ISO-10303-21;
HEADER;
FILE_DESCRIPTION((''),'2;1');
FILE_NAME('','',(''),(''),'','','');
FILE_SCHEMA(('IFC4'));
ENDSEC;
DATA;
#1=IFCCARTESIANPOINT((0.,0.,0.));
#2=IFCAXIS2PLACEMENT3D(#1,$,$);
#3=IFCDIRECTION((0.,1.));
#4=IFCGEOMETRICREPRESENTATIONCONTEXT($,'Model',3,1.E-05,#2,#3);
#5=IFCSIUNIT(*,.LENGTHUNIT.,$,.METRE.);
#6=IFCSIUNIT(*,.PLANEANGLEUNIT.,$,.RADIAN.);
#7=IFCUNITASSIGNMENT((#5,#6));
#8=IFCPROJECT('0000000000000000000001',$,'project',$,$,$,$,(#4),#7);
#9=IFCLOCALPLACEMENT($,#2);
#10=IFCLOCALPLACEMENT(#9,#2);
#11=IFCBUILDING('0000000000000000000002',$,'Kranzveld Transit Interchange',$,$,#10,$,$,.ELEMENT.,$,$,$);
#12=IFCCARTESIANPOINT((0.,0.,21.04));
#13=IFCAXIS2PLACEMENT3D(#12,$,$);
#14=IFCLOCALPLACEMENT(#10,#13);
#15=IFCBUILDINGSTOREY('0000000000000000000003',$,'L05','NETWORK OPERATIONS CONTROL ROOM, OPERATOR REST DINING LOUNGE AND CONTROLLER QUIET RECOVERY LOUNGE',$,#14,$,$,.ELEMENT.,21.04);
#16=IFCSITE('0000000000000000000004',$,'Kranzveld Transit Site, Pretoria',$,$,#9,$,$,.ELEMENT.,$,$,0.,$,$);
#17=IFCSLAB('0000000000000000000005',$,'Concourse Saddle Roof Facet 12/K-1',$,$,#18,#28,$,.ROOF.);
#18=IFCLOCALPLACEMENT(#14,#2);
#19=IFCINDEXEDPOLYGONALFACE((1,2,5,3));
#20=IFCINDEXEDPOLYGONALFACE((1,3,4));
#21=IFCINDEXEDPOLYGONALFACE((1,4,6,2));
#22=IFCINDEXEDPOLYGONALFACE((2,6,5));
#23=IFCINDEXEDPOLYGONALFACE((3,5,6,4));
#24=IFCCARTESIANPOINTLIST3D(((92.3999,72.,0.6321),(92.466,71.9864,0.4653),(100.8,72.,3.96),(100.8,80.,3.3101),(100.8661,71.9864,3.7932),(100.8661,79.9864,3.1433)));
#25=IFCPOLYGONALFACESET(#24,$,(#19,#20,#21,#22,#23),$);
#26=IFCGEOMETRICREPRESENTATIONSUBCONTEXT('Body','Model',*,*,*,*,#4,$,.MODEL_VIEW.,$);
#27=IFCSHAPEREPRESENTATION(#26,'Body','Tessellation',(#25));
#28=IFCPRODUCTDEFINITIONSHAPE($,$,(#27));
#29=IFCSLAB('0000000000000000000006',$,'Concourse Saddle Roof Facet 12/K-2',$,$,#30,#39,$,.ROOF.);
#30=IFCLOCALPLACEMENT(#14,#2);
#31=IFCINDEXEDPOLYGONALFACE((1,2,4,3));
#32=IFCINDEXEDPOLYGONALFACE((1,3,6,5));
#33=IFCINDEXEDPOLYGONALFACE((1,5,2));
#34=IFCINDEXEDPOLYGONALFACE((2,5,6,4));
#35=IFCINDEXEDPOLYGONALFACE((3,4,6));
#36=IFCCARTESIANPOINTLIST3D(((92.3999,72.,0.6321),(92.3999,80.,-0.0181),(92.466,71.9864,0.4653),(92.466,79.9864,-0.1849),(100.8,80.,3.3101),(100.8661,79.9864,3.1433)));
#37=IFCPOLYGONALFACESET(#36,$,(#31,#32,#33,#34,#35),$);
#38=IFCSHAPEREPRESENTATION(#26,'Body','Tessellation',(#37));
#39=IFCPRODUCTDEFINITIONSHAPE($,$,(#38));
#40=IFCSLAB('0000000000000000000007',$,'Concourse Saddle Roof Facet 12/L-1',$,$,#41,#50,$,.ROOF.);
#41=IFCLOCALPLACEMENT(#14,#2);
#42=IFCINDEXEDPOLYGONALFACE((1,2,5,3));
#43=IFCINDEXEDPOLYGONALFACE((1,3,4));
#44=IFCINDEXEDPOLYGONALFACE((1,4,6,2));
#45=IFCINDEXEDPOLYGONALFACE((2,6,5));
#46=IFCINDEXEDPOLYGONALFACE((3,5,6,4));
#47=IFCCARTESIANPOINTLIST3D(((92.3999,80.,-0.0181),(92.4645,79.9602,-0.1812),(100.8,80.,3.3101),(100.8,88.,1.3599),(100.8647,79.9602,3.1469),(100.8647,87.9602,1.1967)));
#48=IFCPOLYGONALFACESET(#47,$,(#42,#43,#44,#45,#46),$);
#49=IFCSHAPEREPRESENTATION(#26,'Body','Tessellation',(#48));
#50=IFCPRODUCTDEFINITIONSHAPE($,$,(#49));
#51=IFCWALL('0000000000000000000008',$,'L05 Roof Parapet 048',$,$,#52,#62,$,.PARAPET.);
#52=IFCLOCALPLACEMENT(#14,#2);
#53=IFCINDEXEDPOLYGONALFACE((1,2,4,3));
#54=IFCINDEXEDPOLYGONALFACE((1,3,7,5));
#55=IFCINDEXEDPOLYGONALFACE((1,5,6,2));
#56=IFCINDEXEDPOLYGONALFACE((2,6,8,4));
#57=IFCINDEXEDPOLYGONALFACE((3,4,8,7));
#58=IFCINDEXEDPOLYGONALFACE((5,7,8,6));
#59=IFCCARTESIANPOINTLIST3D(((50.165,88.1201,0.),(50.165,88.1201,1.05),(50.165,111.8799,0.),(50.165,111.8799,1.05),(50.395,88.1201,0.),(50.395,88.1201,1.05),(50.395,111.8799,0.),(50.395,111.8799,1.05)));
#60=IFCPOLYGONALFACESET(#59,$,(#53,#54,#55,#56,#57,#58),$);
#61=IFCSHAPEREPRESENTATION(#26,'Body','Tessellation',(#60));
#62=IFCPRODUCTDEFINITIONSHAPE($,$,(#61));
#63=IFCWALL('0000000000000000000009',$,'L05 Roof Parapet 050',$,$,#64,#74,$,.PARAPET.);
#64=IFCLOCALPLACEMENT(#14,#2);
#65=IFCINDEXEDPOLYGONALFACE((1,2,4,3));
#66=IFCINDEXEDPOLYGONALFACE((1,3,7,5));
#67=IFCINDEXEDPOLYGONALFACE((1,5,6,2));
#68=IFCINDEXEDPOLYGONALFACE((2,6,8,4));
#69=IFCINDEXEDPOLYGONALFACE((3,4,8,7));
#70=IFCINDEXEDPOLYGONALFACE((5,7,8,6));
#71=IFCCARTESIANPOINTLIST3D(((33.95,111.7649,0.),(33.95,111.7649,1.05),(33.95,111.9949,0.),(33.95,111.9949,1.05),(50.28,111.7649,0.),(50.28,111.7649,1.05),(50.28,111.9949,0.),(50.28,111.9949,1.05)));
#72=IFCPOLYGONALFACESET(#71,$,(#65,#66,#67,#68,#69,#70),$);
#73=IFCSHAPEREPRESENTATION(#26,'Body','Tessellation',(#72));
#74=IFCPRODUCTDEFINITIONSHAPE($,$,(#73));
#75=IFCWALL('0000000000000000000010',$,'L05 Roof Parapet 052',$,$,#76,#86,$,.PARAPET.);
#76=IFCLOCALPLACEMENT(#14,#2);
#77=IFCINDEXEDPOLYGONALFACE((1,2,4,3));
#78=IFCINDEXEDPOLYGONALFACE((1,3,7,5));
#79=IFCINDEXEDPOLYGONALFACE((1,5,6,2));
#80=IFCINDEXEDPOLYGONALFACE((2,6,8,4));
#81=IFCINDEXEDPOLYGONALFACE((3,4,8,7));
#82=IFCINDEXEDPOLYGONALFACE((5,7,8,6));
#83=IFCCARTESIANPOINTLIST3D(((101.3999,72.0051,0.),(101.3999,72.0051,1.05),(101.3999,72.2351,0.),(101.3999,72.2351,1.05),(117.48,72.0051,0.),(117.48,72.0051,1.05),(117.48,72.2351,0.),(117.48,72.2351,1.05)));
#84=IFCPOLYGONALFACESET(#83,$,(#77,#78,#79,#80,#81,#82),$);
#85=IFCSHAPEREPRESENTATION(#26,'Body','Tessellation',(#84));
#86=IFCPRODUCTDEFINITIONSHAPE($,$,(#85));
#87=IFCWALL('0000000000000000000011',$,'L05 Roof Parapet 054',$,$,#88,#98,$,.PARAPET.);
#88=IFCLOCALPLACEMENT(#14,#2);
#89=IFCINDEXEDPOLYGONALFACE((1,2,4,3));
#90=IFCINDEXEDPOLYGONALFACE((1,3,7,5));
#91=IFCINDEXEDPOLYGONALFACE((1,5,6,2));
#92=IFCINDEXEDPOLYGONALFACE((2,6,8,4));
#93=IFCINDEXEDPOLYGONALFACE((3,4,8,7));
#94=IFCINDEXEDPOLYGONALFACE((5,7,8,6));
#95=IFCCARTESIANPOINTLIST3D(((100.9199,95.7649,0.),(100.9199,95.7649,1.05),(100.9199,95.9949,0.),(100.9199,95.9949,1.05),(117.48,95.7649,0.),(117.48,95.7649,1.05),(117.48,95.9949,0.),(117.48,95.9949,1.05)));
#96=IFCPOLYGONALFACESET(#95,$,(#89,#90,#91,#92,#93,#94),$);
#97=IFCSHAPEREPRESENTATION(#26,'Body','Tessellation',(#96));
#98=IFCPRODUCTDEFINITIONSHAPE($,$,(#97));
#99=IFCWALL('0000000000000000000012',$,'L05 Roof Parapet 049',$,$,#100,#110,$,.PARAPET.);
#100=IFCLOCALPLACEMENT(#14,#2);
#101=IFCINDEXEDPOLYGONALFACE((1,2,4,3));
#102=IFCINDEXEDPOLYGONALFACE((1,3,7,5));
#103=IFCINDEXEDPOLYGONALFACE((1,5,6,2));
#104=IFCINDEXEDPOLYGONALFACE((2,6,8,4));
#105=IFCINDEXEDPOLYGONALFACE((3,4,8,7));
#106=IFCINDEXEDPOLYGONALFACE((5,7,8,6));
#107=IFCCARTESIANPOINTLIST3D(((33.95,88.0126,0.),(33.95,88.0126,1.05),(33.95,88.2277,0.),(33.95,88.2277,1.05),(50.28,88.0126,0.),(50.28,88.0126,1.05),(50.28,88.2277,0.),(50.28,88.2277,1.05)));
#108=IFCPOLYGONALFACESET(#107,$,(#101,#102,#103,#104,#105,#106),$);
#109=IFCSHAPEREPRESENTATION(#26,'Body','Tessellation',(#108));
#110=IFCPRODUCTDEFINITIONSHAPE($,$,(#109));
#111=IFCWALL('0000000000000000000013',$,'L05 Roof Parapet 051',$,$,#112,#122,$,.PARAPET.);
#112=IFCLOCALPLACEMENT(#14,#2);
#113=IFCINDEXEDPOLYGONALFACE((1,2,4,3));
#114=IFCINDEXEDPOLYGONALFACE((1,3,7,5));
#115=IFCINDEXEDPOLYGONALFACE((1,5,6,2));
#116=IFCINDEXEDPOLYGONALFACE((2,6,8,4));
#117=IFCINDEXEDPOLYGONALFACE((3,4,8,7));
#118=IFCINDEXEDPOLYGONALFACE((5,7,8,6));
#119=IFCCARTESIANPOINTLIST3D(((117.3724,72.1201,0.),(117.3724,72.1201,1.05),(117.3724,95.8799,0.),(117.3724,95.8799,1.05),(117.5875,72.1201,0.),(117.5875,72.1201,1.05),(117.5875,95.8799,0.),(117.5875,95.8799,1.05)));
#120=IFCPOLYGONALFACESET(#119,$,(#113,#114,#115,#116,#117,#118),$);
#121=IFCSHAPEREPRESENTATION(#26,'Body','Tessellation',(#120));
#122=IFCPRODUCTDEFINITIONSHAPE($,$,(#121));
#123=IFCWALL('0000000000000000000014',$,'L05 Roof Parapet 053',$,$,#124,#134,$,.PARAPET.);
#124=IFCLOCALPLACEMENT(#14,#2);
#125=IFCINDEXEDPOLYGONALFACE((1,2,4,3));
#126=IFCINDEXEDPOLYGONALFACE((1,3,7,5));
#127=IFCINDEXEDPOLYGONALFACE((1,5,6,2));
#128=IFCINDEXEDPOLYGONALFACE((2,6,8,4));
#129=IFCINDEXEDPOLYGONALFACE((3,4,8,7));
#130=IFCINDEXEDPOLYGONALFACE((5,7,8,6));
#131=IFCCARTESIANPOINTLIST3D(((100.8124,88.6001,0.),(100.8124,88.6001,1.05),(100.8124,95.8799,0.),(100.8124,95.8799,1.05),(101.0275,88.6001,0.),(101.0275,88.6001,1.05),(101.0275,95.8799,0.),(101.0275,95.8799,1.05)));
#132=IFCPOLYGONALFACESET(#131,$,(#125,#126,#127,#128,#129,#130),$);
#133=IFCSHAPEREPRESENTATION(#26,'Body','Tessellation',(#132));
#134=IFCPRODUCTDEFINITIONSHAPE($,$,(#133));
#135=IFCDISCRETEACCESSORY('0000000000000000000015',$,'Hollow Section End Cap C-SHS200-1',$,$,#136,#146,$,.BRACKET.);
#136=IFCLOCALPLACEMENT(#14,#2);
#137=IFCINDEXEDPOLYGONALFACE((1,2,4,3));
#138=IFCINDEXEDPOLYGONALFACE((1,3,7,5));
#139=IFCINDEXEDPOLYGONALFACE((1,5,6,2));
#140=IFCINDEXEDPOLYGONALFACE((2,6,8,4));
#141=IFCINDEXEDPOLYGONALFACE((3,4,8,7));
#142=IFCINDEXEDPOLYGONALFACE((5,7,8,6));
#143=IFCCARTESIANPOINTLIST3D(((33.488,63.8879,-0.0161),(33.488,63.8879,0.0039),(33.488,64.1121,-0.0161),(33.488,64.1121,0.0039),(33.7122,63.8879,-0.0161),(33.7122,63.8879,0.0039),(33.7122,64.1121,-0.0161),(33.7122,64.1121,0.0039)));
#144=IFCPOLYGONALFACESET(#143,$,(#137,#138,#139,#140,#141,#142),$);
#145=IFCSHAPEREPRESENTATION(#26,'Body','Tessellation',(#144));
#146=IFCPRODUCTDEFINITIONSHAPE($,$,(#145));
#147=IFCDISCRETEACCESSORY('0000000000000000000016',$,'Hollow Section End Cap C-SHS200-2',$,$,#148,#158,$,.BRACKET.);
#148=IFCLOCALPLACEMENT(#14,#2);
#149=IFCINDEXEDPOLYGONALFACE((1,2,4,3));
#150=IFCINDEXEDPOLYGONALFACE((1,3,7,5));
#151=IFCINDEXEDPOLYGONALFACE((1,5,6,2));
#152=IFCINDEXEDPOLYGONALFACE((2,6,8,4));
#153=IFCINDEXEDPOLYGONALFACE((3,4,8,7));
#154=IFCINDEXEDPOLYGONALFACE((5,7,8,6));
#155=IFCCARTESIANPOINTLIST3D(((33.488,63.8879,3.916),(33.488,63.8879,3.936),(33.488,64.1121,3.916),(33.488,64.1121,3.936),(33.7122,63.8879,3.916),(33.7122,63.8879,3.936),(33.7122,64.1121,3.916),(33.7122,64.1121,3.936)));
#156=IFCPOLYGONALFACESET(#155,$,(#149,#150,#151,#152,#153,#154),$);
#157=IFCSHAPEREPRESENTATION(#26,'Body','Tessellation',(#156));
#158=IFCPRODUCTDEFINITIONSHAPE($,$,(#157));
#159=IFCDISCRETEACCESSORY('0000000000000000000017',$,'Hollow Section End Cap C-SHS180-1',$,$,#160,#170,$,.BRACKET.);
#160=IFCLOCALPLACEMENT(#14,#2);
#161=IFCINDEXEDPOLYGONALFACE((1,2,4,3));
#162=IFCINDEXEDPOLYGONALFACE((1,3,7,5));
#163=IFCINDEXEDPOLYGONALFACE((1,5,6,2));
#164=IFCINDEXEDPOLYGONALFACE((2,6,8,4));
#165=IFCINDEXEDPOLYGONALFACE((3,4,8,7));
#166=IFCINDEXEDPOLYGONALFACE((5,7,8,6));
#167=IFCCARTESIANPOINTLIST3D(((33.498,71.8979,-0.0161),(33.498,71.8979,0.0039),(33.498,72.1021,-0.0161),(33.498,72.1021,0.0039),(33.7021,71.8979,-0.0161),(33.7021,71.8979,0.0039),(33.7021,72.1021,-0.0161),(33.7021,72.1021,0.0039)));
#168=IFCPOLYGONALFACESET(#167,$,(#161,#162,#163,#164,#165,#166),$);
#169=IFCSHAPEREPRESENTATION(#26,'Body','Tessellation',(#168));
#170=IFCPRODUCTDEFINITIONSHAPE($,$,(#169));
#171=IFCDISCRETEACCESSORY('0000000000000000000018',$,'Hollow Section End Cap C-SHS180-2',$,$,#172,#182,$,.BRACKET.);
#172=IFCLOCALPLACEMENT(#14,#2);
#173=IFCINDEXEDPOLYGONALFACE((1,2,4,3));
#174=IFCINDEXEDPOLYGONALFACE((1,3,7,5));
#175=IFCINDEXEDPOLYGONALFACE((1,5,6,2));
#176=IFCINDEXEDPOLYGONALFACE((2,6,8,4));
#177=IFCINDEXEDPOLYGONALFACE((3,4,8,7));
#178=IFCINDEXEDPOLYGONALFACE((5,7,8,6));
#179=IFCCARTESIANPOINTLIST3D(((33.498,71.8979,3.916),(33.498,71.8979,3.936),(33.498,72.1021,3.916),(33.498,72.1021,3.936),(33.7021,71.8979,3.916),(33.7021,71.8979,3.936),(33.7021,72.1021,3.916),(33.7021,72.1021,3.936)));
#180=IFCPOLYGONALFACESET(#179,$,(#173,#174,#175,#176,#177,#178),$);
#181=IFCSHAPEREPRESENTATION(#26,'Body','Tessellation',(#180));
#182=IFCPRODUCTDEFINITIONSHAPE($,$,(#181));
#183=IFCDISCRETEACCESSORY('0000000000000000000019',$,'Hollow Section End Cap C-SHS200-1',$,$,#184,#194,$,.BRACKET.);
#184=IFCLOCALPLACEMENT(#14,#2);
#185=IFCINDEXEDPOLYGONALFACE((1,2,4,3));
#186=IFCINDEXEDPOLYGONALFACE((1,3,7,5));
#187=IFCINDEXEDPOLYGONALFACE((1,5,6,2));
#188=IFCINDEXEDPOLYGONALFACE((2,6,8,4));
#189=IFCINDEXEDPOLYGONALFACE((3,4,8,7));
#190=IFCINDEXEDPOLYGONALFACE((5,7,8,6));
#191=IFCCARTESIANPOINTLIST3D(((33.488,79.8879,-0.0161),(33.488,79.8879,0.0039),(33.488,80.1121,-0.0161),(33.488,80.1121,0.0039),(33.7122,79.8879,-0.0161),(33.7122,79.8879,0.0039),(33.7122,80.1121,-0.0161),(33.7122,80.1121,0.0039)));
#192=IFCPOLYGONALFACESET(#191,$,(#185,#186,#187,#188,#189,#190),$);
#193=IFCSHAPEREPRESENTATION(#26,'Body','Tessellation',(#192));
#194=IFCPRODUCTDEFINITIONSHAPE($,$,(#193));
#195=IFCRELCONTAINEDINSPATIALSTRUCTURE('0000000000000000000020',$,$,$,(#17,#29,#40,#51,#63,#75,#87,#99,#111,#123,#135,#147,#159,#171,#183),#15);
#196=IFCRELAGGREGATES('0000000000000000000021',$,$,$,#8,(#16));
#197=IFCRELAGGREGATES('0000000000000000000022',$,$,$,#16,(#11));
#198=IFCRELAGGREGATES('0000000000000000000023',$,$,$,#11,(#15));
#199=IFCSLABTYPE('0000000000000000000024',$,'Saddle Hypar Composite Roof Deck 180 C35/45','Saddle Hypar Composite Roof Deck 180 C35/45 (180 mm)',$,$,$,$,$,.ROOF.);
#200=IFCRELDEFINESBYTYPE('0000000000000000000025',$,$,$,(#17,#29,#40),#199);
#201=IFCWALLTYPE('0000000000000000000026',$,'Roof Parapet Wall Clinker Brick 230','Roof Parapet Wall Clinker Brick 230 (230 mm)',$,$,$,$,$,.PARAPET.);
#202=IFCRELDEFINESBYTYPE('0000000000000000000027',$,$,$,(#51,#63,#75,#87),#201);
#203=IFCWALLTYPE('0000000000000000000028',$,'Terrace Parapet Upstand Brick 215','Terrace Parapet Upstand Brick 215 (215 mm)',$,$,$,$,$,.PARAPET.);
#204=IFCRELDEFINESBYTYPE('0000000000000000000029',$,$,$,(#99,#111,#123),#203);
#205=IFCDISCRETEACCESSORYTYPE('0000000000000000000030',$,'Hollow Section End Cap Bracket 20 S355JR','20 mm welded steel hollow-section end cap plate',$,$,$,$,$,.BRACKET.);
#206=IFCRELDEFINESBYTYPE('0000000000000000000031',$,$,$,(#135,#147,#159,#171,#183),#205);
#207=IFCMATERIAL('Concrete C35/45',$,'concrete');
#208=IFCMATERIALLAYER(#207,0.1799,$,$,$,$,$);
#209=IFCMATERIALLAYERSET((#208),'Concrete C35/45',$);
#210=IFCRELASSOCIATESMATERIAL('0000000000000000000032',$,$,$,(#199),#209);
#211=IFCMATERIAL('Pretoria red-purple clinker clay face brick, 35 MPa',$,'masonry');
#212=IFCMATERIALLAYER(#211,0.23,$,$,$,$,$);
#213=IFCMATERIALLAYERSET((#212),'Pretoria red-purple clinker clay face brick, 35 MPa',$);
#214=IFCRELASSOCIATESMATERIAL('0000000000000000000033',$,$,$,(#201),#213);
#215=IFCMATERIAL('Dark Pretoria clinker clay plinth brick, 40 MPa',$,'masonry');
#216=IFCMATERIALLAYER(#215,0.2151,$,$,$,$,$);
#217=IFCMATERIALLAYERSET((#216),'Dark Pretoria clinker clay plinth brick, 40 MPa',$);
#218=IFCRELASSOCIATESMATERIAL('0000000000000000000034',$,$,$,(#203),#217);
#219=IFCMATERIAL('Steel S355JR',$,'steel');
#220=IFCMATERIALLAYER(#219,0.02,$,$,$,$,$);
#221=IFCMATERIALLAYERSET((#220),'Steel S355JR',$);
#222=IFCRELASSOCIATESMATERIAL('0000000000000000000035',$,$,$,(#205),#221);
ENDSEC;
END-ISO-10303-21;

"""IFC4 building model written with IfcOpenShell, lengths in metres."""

from ifc_helpers import new_model, si_unit, direction, frame, frame_2d, origin, origin_2d, place, context, subcontext, project, spatial, polyline, rectangle, outline, extrude, material, layer, layer_set, type_object, element, save


model = new_model("IFC4")

# Units and contexts
model_context = context("Model", 3, precision=1e-05, world=origin(), true_north=direction((0.0, 1.0)))
body_context = subcontext(model_context, "Body", "Model", "MODEL_VIEW")
ifc_project = project(units=[si_unit("LENGTHUNIT", "METRE"), si_unit("PLANEANGLEUNIT", "RADIAN")], contexts=[model_context])

# Site, building, storey
site_placement = place(None, origin())
site = spatial("IfcSite", under=ifc_project, at=site_placement, Name="Kranzveld Transit Site, Pretoria", CompositionType="ELEMENT", RefElevation=0.0)
building_placement = place(site_placement, origin())
building = spatial("IfcBuilding", under=site, at=building_placement, Name="Kranzveld Transit Interchange", CompositionType="ELEMENT")
storey_placement = place(building_placement, frame((0.0, 0.0, 21.04)))
storey = spatial("IfcBuildingStorey", under=building, at=storey_placement, Name="L05", Description="NETWORK OPERATIONS CONTROL ROOM, OPERATOR REST DINING LOUNGE AND CONTROLLER QUIET RECOVERY LOUNGE", CompositionType="ELEMENT", Elevation=21.04)

# Slabs
ifc_material_1 = material(Name="Concrete C35/45", Category="concrete")
ifc_layer_1 = layer(ifc_material_1, 0.1799)
ifc_layer_set_1 = layer_set([ifc_layer_1], Name="Concrete C35/45")
slab_type = type_object("IfcSlabType", Name="Saddle Hypar Composite Roof Deck 180 C35/45", Description="Saddle Hypar Composite Roof Deck 180 C35/45 (180 mm)", PredefinedType="ROOF", material=ifc_layer_set_1)
slab_1_placement = place(storey_placement, frame((92.3999, 72.0, 0.6321), z_axis=(-0.367273, 0.075312, 0.927059), x_axis=(0.9297, 0.0, 0.368319)))
element("IfcSlab", 1, at=slab_1_placement, inside=storey, type_object=slab_type, Name="Concourse Saddle Roof Facet 12/K-1", PredefinedType="ROOF", context=body_context, shape_type="SweptSolid", body=[
    extrude(outline(polyline([(0.0, 0.0), (9.0353, 0.0), (8.796, 8.0228), (0.0, 0.0)])), origin(), (0.0, 0.0, -1.0), 0.1799),
])
slab_2_placement = place(storey_placement, frame((92.3999, 72.0, 0.6321), z_axis=(-0.367295, 0.07534, 0.927048), x_axis=(0.705586, 0.671975, 0.224942)))
element("IfcSlab", 2, at=slab_2_placement, inside=storey, type_object=slab_type, Name="Concourse Saddle Roof Facet 12/K-2", PredefinedType="ROOF", context=body_context, shape_type="SweptSolid", body=[
    extrude(outline(polyline([(0.0, 0.0), (11.9052, 0.0), (5.2296, 6.0889), (0.0, 0.0)])), origin(), (0.0, 0.0, -1.0), 0.1799),
])
slab_3_placement = place(storey_placement, frame((92.3999, 80.0, -0.0181), z_axis=(-0.359232, 0.221029, 0.906697), x_axis=(0.92969, 0.0, 0.368342)))
element("IfcSlab", 3, at=slab_3_placement, inside=storey, type_object=slab_type, Name="Concourse Saddle Roof Facet 12/L-1", PredefinedType="ROOF", context=body_context, shape_type="SweptSolid", body=[
    extrude(outline(polyline([(0.0, 0.0), (9.0354, 0.0), (8.3171, 8.2029), (0.0, 0.0)])), origin(), (0.0, 0.0, -1.0), 0.1799),
])

# Walls
ifc_material_2 = material(Name="Pretoria red-purple clinker clay face brick, 35 MPa", Category="masonry")
ifc_layer_2 = layer(ifc_material_2, 0.23)
ifc_layer_set_2 = layer_set([ifc_layer_2], Name="Pretoria red-purple clinker clay face brick, 35 MPa")
wall_type_1 = type_object("IfcWallType", Name="Roof Parapet Wall Clinker Brick 230", Description="Roof Parapet Wall Clinker Brick 230 (230 mm)", PredefinedType="PARAPET", material=ifc_layer_set_2)
wall_1_placement = place(storey_placement, frame((50.28, 111.8799, 0.0), z_axis=(0.0, 0.0, 1.0), x_axis=(0.0, -1.0, 0.0)))
element("IfcWall", 4, at=wall_1_placement, inside=storey, type_object=wall_type_1, Name="L05 Roof Parapet 048", PredefinedType="PARAPET", context=body_context, shape_type="SweptSolid", body=[
    extrude(rectangle(XDim=23.7598, YDim=0.23, at=frame_2d((11.8799, 0.0))), origin(), (0.0, 0.0, 1.0), 1.05),
])
wall_2_placement = place(storey_placement, frame((33.95, 111.8799, 0.0), z_axis=(0.0, 0.0, 1.0), x_axis=(1.0, 0.0, 0.0)))
element("IfcWall", 5, at=wall_2_placement, inside=storey, type_object=wall_type_1, Name="L05 Roof Parapet 050", PredefinedType="PARAPET", context=body_context, shape_type="SweptSolid", body=[
    extrude(rectangle(XDim=16.3301, YDim=0.23, at=frame_2d((8.165, 0.0))), origin(), (0.0, 0.0, 1.0), 1.05),
])
wall_3_placement = place(storey_placement, frame((117.48, 72.1201, 0.0), z_axis=(0.0, 0.0, 1.0), x_axis=(-1.0, 0.0, 0.0)))
element("IfcWall", 6, at=wall_3_placement, inside=storey, type_object=wall_type_1, Name="L05 Roof Parapet 052", PredefinedType="PARAPET", context=body_context, shape_type="SweptSolid", body=[
    extrude(rectangle(XDim=16.0801, YDim=0.23, at=frame_2d((8.04, 0.0))), origin(), (0.0, 0.0, 1.0), 1.05),
])
wall_4_placement = place(storey_placement, frame((100.9199, 95.8799, 0.0), z_axis=(0.0, 0.0, 1.0), x_axis=(1.0, 0.0, 0.0)))
element("IfcWall", 7, at=wall_4_placement, inside=storey, type_object=wall_type_1, Name="L05 Roof Parapet 054", PredefinedType="PARAPET", context=body_context, shape_type="SweptSolid", body=[
    extrude(rectangle(XDim=16.5601, YDim=0.23, at=frame_2d((8.28, 0.0))), origin(), (0.0, 0.0, 1.0), 1.05),
])
ifc_material_3 = material(Name="Dark Pretoria clinker clay plinth brick, 40 MPa", Category="masonry")
ifc_layer_3 = layer(ifc_material_3, 0.2151)
ifc_layer_set_3 = layer_set([ifc_layer_3], Name="Dark Pretoria clinker clay plinth brick, 40 MPa")
wall_type_2 = type_object("IfcWallType", Name="Terrace Parapet Upstand Brick 215", Description="Terrace Parapet Upstand Brick 215 (215 mm)", PredefinedType="PARAPET", material=ifc_layer_set_3)
wall_5_placement = place(storey_placement, frame((50.28, 88.1201, 0.0), z_axis=(0.0, 0.0, 1.0), x_axis=(-1.0, 0.0, 0.0)))
element("IfcWall", 8, at=wall_5_placement, inside=storey, type_object=wall_type_2, Name="L05 Roof Parapet 049", PredefinedType="PARAPET", context=body_context, shape_type="SweptSolid", body=[
    extrude(rectangle(XDim=16.3301, YDim=0.2151, at=frame_2d((8.165, 0.0))), origin(), (0.0, 0.0, 1.0), 1.05),
])
wall_6_placement = place(storey_placement, frame((117.48, 95.8799, 0.0), z_axis=(0.0, 0.0, 1.0), x_axis=(0.0, -1.0, 0.0)))
element("IfcWall", 9, at=wall_6_placement, inside=storey, type_object=wall_type_2, Name="L05 Roof Parapet 051", PredefinedType="PARAPET", context=body_context, shape_type="SweptSolid", body=[
    extrude(rectangle(XDim=23.7598, YDim=0.2151, at=frame_2d((11.8799, 0.0))), origin(), (0.0, 0.0, 1.0), 1.05),
])
wall_7_placement = place(storey_placement, frame((100.9199, 88.6001, 0.0), z_axis=(0.0, 0.0, 1.0), x_axis=(0.0, 1.0, 0.0)))
element("IfcWall", 10, at=wall_7_placement, inside=storey, type_object=wall_type_2, Name="L05 Roof Parapet 053", PredefinedType="PARAPET", context=body_context, shape_type="SweptSolid", body=[
    extrude(rectangle(XDim=7.2798, YDim=0.2151, at=frame_2d((3.6399, 0.0))), origin(), (0.0, 0.0, 1.0), 1.05),
])

# Discrete accessories
ifc_material_4 = material(Name="Steel S355JR", Category="steel")
ifc_layer_4 = layer(ifc_material_4, 0.02)
ifc_layer_set_4 = layer_set([ifc_layer_4], Name="Steel S355JR")
discrete_accessory_type = type_object("IfcDiscreteAccessoryType", Name="Hollow Section End Cap Bracket 20 S355JR", Description="20 mm welded steel hollow-section end cap plate", PredefinedType="BRACKET", material=ifc_layer_set_4)
for number, where, z_axis, x_axis, name in (
    (11, (33.6001, 64.0, 0.0039), (0.0, 0.0, -1.0), (1.0, 0.0, 0.0), "Hollow Section End Cap C-SHS200-1"),
    (12, (33.6001, 64.0, 3.916), (0.0, 0.0, 1.0), (1.0, 0.0, 0.0), "Hollow Section End Cap C-SHS200-2"),
):
    element("IfcDiscreteAccessory", number, at=place(storey_placement, frame(where, z_axis=z_axis, x_axis=x_axis)), inside=storey, type_object=discrete_accessory_type, Name=name, PredefinedType="BRACKET", context=body_context, shape_type="SweptSolid", body=[
        extrude(rectangle(XDim=0.2241, YDim=0.2241, at=origin_2d()), origin(), (0.0, 0.0, 1.0), 0.02),
    ])
for number, where, z_axis, x_axis, name in (
    (13, (33.6001, 72.0, 0.0039), (0.0, 0.0, -1.0), (1.0, 0.0, 0.0), "Hollow Section End Cap C-SHS180-1"),
    (14, (33.6001, 72.0, 3.916), (0.0, 0.0, 1.0), (1.0, 0.0, 0.0), "Hollow Section End Cap C-SHS180-2"),
):
    element("IfcDiscreteAccessory", number, at=place(storey_placement, frame(where, z_axis=z_axis, x_axis=x_axis)), inside=storey, type_object=discrete_accessory_type, Name=name, PredefinedType="BRACKET", context=body_context, shape_type="SweptSolid", body=[
        extrude(rectangle(XDim=0.2041, YDim=0.2041, at=origin_2d()), origin(), (0.0, 0.0, 1.0), 0.02),
    ])
for number, where, z_axis, x_axis, name in (
    (15, (33.6001, 80.0, 0.0039), (0.0, 0.0, -1.0), (1.0, 0.0, 0.0), "Hollow Section End Cap C-SHS200-1"),
):
    element("IfcDiscreteAccessory", number, at=place(storey_placement, frame(where, z_axis=z_axis, x_axis=x_axis)), inside=storey, type_object=discrete_accessory_type, Name=name, PredefinedType="BRACKET", context=body_context, shape_type="SweptSolid", body=[
        extrude(rectangle(XDim=0.2241, YDim=0.2241, at=origin_2d()), origin(), (0.0, 0.0, 1.0), 0.02),
    ])

save(model, "model.ifc")
